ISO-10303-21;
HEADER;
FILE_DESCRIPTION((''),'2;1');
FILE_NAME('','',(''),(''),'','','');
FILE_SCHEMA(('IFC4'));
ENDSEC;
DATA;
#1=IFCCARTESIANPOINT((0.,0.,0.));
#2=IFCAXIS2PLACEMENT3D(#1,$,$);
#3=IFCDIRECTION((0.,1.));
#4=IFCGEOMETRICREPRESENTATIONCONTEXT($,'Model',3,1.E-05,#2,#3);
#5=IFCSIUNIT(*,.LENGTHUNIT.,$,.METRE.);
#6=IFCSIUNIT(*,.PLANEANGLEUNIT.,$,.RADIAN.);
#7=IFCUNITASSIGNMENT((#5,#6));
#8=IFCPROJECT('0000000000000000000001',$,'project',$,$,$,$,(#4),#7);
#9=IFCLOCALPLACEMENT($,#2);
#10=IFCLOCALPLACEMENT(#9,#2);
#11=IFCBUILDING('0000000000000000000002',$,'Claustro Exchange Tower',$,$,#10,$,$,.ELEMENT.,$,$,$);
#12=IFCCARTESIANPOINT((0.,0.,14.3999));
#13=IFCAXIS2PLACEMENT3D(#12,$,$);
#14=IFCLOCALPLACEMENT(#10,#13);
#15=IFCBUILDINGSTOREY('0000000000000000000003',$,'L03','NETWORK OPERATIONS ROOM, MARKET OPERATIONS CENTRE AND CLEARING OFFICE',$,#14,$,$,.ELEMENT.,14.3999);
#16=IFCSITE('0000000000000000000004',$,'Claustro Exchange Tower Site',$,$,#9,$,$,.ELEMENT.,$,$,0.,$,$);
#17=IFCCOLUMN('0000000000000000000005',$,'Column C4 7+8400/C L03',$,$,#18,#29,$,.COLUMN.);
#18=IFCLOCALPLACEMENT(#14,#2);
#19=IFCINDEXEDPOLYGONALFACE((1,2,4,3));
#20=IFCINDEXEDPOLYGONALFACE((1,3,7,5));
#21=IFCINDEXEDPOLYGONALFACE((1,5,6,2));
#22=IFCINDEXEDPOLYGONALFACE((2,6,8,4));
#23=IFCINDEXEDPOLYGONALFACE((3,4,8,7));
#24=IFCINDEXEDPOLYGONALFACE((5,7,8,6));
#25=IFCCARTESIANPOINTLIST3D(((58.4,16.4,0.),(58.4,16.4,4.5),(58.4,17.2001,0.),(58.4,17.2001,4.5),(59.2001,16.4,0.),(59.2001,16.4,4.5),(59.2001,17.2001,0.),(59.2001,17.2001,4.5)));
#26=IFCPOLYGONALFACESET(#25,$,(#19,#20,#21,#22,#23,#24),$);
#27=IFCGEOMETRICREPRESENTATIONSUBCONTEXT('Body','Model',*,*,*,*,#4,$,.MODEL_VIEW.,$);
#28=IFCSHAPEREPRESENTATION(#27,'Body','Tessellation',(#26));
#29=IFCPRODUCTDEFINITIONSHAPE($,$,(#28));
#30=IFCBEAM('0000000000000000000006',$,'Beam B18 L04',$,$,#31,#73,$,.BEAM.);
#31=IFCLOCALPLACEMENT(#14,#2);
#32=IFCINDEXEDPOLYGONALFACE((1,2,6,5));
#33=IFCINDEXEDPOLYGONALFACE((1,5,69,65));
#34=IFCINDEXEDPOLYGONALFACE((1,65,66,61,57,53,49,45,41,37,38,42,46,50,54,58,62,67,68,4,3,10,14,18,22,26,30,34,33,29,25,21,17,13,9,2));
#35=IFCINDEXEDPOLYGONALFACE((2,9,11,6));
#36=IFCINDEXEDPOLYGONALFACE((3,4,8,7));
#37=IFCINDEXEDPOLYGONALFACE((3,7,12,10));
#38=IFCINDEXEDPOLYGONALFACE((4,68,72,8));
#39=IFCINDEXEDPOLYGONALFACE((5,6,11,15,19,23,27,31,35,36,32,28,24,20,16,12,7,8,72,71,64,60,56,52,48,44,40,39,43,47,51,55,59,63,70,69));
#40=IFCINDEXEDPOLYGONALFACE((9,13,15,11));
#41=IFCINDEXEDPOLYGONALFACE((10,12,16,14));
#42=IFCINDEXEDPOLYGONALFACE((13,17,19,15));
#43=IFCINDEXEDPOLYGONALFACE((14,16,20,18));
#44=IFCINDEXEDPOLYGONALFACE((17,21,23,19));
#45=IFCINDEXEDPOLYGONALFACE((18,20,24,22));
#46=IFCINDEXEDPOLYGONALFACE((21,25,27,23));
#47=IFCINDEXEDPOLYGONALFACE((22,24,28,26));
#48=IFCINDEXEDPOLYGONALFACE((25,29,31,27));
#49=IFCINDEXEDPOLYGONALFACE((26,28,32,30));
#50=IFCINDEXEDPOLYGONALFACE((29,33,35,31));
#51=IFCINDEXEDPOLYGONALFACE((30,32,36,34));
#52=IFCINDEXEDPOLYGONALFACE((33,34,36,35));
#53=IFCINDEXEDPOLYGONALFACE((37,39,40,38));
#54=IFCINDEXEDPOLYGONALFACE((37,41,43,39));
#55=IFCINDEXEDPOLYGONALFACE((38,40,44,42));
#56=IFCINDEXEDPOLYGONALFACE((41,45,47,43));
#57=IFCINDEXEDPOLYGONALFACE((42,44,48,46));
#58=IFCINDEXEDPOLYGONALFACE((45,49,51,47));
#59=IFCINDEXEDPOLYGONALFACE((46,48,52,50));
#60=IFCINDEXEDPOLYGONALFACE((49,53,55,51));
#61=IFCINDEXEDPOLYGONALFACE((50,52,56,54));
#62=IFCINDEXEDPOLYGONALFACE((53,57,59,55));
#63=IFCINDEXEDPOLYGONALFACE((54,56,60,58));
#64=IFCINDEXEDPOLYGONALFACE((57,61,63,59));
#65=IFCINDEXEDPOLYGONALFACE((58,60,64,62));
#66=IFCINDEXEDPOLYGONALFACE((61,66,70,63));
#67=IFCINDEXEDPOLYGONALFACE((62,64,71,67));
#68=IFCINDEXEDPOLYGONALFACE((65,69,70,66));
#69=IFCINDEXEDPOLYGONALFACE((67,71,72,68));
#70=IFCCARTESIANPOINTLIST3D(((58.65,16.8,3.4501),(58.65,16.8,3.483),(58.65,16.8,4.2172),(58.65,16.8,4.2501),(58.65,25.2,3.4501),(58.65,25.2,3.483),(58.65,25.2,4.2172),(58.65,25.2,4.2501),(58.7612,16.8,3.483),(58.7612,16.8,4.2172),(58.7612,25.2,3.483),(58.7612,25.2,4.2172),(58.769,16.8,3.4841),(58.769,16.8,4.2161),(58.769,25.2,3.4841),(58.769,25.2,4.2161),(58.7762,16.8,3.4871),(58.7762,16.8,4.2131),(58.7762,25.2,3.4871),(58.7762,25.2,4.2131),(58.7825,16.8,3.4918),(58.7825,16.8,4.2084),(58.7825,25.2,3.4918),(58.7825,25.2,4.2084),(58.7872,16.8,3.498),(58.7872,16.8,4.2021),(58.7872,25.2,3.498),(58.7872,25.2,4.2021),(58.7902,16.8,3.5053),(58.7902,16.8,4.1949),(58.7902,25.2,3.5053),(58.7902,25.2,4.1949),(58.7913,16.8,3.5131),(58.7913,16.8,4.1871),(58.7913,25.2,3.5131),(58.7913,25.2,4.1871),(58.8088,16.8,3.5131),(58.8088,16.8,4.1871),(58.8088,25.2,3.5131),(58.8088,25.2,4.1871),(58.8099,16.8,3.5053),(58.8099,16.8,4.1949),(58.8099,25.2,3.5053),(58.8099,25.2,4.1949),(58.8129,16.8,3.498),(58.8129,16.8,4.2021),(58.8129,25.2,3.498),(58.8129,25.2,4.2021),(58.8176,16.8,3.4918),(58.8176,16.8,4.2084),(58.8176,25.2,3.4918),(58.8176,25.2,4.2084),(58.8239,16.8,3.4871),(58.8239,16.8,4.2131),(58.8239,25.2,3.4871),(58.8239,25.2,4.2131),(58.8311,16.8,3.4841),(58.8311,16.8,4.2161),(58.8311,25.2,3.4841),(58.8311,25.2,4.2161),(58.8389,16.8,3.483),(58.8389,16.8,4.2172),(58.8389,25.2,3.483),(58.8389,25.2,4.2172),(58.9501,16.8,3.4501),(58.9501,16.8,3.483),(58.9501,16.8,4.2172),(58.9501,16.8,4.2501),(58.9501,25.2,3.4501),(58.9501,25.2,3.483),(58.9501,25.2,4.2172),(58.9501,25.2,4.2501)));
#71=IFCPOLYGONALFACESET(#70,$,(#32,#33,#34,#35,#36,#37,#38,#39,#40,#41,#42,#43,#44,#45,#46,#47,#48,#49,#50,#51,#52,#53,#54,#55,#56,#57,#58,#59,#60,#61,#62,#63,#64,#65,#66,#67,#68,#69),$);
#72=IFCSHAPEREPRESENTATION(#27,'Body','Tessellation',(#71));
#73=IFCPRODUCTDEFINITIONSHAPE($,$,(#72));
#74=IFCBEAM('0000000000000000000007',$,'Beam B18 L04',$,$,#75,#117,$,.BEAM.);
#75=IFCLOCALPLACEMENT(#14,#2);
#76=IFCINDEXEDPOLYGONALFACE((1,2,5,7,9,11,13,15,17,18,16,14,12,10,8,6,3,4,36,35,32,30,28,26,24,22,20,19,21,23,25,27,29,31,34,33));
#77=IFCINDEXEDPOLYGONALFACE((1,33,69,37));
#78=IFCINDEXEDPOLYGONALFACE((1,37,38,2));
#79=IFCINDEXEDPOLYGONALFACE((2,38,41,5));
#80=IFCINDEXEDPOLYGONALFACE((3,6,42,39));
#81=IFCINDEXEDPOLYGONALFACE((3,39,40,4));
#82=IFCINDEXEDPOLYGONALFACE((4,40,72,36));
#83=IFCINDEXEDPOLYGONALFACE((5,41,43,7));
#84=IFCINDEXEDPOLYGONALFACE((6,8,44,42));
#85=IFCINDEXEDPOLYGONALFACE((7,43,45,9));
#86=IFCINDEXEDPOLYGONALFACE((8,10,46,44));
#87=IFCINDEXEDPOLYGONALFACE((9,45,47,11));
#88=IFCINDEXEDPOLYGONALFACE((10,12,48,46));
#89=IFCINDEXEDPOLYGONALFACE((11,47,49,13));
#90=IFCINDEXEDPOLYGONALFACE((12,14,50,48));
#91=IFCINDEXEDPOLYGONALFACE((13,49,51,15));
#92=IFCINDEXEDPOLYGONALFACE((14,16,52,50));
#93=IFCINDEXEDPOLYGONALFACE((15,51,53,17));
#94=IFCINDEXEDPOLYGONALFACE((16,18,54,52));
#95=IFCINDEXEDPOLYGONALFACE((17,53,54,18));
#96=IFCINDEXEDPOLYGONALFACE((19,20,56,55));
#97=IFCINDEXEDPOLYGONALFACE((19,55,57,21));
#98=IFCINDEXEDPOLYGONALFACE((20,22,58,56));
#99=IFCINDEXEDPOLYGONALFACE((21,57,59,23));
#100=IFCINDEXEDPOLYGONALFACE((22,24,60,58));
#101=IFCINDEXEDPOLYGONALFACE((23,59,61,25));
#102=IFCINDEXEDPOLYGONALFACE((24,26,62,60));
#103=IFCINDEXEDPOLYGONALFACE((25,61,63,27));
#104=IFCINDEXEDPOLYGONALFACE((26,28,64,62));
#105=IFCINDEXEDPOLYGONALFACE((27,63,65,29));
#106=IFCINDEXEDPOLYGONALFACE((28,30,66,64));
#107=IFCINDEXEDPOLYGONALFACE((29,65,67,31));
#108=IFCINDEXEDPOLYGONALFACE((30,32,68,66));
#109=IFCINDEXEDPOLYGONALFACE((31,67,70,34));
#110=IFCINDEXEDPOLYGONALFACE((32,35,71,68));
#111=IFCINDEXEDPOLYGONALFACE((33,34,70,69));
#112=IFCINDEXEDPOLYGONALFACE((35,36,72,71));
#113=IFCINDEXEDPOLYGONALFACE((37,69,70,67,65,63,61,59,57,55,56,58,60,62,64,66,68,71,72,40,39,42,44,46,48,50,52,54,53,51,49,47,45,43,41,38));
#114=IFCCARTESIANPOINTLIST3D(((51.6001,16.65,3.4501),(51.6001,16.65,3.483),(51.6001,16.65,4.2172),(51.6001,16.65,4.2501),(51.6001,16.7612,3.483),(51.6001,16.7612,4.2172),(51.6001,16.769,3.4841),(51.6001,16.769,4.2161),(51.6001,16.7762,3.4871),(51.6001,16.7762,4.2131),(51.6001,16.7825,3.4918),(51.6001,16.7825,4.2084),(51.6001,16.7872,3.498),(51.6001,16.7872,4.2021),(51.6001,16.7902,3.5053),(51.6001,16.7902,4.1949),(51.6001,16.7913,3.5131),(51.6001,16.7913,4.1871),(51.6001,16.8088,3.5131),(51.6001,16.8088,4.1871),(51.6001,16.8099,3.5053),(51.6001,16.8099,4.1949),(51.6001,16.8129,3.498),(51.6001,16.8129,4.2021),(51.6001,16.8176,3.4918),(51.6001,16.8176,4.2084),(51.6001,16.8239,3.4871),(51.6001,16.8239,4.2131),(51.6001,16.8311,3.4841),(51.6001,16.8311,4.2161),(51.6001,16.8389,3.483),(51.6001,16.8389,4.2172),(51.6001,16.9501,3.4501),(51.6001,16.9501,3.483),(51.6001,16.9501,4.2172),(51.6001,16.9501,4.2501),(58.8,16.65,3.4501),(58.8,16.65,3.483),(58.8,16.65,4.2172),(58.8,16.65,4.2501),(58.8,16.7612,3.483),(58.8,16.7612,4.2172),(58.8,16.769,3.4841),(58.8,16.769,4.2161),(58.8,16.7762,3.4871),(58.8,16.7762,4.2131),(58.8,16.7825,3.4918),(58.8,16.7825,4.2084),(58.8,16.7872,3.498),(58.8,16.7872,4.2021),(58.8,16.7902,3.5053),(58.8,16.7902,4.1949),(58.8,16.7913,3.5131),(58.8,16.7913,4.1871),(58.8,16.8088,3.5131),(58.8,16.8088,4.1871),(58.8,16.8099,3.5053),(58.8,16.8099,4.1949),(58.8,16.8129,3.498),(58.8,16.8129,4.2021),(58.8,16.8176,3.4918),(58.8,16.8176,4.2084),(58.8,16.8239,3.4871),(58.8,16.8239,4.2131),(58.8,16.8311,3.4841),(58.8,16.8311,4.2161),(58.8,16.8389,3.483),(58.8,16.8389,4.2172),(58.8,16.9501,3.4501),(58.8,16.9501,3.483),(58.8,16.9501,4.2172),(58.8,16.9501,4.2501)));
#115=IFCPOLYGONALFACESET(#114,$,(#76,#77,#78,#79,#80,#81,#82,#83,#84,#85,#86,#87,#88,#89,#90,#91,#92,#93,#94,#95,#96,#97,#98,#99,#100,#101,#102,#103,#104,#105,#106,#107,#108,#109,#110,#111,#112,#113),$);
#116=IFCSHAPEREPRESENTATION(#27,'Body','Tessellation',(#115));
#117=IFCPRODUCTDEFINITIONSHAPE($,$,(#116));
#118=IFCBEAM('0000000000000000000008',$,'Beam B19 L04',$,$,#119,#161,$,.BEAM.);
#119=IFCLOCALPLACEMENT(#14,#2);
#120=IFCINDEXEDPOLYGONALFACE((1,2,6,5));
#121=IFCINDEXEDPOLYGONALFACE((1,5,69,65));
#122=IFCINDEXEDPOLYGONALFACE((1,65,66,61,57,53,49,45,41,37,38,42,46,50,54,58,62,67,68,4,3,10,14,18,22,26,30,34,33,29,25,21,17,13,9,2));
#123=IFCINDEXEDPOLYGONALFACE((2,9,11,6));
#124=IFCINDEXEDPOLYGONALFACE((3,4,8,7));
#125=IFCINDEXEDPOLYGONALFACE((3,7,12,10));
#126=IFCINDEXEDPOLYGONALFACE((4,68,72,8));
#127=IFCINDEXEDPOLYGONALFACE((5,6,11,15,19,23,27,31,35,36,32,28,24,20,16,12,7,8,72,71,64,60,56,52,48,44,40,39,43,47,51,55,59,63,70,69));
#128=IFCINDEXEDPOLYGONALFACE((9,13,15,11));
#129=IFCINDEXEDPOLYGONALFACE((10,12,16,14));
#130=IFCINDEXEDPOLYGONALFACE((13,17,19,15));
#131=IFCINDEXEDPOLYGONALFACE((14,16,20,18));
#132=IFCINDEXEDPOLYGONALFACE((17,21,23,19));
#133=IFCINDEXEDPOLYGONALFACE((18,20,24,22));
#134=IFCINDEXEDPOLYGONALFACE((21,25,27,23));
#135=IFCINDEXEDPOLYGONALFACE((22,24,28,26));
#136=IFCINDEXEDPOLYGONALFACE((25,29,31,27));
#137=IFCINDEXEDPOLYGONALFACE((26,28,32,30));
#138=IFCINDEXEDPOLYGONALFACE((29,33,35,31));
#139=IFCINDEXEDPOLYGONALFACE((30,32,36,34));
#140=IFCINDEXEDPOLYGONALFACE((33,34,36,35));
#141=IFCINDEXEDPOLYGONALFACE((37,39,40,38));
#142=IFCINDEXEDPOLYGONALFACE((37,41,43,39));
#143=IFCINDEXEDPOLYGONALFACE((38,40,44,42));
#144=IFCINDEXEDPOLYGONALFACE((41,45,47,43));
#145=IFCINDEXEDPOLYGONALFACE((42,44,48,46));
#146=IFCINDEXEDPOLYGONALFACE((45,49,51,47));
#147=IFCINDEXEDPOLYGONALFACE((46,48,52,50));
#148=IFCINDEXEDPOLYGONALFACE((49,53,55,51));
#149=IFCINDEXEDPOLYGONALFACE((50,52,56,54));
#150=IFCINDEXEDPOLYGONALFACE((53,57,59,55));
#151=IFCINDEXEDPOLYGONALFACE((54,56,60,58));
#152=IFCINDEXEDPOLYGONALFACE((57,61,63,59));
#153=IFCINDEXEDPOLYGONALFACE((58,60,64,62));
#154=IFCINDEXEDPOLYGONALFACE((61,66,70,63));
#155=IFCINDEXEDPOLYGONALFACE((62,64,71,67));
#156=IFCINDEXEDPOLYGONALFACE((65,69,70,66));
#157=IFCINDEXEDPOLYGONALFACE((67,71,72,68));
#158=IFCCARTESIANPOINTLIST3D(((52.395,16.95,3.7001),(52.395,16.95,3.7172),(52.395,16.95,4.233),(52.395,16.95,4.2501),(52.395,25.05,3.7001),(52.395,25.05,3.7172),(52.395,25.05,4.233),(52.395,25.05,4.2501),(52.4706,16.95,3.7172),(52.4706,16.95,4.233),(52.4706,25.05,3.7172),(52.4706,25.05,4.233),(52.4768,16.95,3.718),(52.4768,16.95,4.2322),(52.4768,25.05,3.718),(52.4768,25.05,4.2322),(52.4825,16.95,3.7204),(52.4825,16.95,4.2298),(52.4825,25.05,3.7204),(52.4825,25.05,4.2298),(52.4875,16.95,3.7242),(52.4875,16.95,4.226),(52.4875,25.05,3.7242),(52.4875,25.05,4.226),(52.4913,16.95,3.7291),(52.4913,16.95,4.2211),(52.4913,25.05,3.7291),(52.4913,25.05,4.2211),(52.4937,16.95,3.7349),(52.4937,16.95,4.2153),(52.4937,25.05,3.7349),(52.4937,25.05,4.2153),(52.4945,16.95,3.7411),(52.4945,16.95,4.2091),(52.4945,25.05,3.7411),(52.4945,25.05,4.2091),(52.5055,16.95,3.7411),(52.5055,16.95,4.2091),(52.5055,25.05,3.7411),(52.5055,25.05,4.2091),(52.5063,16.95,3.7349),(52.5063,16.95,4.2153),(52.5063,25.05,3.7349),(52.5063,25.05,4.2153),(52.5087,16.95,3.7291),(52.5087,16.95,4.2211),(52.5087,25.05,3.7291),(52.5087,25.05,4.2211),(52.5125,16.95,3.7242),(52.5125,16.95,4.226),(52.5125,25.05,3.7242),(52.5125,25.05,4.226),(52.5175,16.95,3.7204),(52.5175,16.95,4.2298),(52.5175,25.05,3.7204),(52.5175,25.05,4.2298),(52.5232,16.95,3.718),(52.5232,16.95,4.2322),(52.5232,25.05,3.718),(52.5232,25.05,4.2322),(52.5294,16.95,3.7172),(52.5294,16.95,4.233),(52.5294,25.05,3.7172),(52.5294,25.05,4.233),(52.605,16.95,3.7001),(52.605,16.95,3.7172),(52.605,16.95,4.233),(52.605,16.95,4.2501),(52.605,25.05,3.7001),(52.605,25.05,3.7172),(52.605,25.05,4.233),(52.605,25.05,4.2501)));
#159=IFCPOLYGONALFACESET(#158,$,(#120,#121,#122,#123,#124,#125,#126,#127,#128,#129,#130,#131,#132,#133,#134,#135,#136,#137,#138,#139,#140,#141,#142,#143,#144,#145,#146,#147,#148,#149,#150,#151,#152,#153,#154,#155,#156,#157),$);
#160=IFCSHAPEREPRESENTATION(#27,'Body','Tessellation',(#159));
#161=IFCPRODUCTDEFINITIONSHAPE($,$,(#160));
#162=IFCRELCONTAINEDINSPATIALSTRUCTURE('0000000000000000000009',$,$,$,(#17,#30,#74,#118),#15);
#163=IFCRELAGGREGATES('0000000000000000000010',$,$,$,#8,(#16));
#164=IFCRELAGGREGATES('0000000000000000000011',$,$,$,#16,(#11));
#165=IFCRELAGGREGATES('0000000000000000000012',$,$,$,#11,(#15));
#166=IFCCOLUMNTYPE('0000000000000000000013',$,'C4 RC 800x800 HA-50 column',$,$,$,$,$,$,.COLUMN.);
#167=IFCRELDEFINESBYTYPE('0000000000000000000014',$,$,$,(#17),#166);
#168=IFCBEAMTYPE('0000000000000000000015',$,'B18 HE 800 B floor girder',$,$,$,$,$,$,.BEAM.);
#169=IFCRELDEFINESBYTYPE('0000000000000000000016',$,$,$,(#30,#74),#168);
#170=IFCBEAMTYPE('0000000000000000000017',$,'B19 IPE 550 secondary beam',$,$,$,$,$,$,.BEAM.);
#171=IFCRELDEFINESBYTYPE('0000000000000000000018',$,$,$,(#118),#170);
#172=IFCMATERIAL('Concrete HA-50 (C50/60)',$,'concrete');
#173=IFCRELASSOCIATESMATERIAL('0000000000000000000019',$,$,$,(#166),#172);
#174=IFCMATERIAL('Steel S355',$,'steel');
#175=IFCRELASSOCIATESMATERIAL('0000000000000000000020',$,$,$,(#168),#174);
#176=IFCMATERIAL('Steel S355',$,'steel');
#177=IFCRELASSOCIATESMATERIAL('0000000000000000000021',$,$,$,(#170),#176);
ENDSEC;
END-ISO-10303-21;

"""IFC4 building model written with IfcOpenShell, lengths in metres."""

from ifc_helpers import new_model, si_unit, direction, frame, origin, origin_2d, place, context, subcontext, project, spatial, rectangle, i_section, extrude, material, material_profile, profile_set, type_object, element, save


model = new_model("IFC4")

# Units and contexts
model_context = context("Model", 3, precision=1e-05, world=origin(), true_north=direction((0.0, 1.0)))
body_context = subcontext(model_context, "Body", "Model", "MODEL_VIEW")
ifc_project = project(units=[si_unit("LENGTHUNIT", "METRE"), si_unit("PLANEANGLEUNIT", "RADIAN")], contexts=[model_context])

# Site, building, storey
site_placement = place(None, origin())
site = spatial("IfcSite", under=ifc_project, at=site_placement, Name="Claustro Exchange Tower Site", CompositionType="ELEMENT", RefElevation=0.0)
building_placement = place(site_placement, origin())
building = spatial("IfcBuilding", under=site, at=building_placement, Name="Claustro Exchange Tower", CompositionType="ELEMENT")
storey_placement = place(building_placement, frame((0.0, 0.0, 14.3999)))
storey = spatial("IfcBuildingStorey", under=building, at=storey_placement, Name="L03", Description="NETWORK OPERATIONS ROOM, MARKET OPERATIONS CENTRE AND CLEARING OFFICE", CompositionType="ELEMENT", Elevation=14.3999)

# Column
ifc_material_1 = material(Name="Concrete HA-50 (C50/60)", Category="concrete")
ifc_material_profile_1 = material_profile(ifc_material_1, rectangle(XDim=0.8, YDim=0.8, at=origin_2d()), Name="RC 800x800")
ifc_profile_set_1 = profile_set([ifc_material_profile_1], Name="Concrete HA-50 (C50/60)")
column_type = type_object("IfcColumnType", Name="C4 RC 800x800 HA-50 column", PredefinedType="COLUMN", material=ifc_profile_set_1)
column_placement = place(storey_placement, frame((58.8, 16.8, 0.0), z_axis=(0.0, 0.0, 1.0), x_axis=(1.0, 0.0, 0.0)))
element("IfcColumn", 1, at=column_placement, inside=storey, type_object=column_type, Name="Column C4 7+8400/C L03", PredefinedType="COLUMN", context=body_context, shape_type="SweptSolid", body=[
    extrude(rectangle(XDim=0.8, YDim=0.8, at=origin_2d()), origin(), (0.0, 0.0, 1.0), 4.5),
])

# Beams
ifc_material_2 = material(Name="Steel S355", Category="steel")
ifc_material_profile_2 = material_profile(ifc_material_2, i_section(OverallWidth=0.3, OverallDepth=0.8, WebThickness=0.0176, FlangeThickness=0.033, FilletRadius=0.03, at=origin_2d()), Name="HE 800 B")
ifc_profile_set_2 = profile_set([ifc_material_profile_2], Name="Steel S355")
beam_type_1 = type_object("IfcBeamType", Name="B18 HE 800 B floor girder", PredefinedType="BEAM", material=ifc_profile_set_2)
beam_1_placement = place(storey_placement, frame((58.8, 16.8, 3.8501), z_axis=(0.0, 1.0, 0.0), x_axis=(-1.0, 0.0, 0.0)))
element("IfcBeam", 2, at=beam_1_placement, inside=storey, type_object=beam_type_1, Name="Beam B18 L04", PredefinedType="BEAM", context=body_context, shape_type="SweptSolid", body=[
    extrude(i_section(OverallWidth=0.3, OverallDepth=0.8, WebThickness=0.0176, FlangeThickness=0.033, FilletRadius=0.03, at=origin_2d()), origin(), (0.0, 0.0, 1.0), 8.3999),
])
beam_2_placement = place(storey_placement, frame((51.6001, 16.8, 3.8501), z_axis=(1.0, 0.0, 0.0), x_axis=(0.0, 1.0, 0.0)))
element("IfcBeam", 3, at=beam_2_placement, inside=storey, type_object=beam_type_1, Name="Beam B18 L04", PredefinedType="BEAM", context=body_context, shape_type="SweptSolid", body=[
    extrude(i_section(OverallWidth=0.3, OverallDepth=0.8, WebThickness=0.0176, FlangeThickness=0.033, FilletRadius=0.03, at=origin_2d()), origin(), (0.0, 0.0, 1.0), 7.2),
])
ifc_material_3 = material(Name="Steel S355", Category="steel")
ifc_material_profile_3 = material_profile(ifc_material_3, i_section(OverallWidth=0.21, OverallDepth=0.55, WebThickness=0.011, FlangeThickness=0.0171, FilletRadius=0.0239, at=origin_2d()), Name="IPE 550")
ifc_profile_set_3 = profile_set([ifc_material_profile_3], Name="Steel S355")
beam_type_2 = type_object("IfcBeamType", Name="B19 IPE 550 secondary beam", PredefinedType="BEAM", material=ifc_profile_set_3)
for number, where, z_axis, x_axis, name in (
    (4, (52.5, 16.95, 3.9751), (0.0, 1.0, 0.0), (-1.0, 0.0, 0.0), "Beam B19 L04"),
):
    element("IfcBeam", number, at=place(storey_placement, frame(where, z_axis=z_axis, x_axis=x_axis)), inside=storey, type_object=beam_type_2, Name=name, PredefinedType="BEAM", context=body_context, shape_type="SweptSolid", body=[
        extrude(i_section(OverallWidth=0.21, OverallDepth=0.55, WebThickness=0.011, FlangeThickness=0.0171, FilletRadius=0.0239, at=origin_2d()), origin(), (0.0, 0.0, 1.0), 8.1001),
    ])

save(model, "model.ifc")
